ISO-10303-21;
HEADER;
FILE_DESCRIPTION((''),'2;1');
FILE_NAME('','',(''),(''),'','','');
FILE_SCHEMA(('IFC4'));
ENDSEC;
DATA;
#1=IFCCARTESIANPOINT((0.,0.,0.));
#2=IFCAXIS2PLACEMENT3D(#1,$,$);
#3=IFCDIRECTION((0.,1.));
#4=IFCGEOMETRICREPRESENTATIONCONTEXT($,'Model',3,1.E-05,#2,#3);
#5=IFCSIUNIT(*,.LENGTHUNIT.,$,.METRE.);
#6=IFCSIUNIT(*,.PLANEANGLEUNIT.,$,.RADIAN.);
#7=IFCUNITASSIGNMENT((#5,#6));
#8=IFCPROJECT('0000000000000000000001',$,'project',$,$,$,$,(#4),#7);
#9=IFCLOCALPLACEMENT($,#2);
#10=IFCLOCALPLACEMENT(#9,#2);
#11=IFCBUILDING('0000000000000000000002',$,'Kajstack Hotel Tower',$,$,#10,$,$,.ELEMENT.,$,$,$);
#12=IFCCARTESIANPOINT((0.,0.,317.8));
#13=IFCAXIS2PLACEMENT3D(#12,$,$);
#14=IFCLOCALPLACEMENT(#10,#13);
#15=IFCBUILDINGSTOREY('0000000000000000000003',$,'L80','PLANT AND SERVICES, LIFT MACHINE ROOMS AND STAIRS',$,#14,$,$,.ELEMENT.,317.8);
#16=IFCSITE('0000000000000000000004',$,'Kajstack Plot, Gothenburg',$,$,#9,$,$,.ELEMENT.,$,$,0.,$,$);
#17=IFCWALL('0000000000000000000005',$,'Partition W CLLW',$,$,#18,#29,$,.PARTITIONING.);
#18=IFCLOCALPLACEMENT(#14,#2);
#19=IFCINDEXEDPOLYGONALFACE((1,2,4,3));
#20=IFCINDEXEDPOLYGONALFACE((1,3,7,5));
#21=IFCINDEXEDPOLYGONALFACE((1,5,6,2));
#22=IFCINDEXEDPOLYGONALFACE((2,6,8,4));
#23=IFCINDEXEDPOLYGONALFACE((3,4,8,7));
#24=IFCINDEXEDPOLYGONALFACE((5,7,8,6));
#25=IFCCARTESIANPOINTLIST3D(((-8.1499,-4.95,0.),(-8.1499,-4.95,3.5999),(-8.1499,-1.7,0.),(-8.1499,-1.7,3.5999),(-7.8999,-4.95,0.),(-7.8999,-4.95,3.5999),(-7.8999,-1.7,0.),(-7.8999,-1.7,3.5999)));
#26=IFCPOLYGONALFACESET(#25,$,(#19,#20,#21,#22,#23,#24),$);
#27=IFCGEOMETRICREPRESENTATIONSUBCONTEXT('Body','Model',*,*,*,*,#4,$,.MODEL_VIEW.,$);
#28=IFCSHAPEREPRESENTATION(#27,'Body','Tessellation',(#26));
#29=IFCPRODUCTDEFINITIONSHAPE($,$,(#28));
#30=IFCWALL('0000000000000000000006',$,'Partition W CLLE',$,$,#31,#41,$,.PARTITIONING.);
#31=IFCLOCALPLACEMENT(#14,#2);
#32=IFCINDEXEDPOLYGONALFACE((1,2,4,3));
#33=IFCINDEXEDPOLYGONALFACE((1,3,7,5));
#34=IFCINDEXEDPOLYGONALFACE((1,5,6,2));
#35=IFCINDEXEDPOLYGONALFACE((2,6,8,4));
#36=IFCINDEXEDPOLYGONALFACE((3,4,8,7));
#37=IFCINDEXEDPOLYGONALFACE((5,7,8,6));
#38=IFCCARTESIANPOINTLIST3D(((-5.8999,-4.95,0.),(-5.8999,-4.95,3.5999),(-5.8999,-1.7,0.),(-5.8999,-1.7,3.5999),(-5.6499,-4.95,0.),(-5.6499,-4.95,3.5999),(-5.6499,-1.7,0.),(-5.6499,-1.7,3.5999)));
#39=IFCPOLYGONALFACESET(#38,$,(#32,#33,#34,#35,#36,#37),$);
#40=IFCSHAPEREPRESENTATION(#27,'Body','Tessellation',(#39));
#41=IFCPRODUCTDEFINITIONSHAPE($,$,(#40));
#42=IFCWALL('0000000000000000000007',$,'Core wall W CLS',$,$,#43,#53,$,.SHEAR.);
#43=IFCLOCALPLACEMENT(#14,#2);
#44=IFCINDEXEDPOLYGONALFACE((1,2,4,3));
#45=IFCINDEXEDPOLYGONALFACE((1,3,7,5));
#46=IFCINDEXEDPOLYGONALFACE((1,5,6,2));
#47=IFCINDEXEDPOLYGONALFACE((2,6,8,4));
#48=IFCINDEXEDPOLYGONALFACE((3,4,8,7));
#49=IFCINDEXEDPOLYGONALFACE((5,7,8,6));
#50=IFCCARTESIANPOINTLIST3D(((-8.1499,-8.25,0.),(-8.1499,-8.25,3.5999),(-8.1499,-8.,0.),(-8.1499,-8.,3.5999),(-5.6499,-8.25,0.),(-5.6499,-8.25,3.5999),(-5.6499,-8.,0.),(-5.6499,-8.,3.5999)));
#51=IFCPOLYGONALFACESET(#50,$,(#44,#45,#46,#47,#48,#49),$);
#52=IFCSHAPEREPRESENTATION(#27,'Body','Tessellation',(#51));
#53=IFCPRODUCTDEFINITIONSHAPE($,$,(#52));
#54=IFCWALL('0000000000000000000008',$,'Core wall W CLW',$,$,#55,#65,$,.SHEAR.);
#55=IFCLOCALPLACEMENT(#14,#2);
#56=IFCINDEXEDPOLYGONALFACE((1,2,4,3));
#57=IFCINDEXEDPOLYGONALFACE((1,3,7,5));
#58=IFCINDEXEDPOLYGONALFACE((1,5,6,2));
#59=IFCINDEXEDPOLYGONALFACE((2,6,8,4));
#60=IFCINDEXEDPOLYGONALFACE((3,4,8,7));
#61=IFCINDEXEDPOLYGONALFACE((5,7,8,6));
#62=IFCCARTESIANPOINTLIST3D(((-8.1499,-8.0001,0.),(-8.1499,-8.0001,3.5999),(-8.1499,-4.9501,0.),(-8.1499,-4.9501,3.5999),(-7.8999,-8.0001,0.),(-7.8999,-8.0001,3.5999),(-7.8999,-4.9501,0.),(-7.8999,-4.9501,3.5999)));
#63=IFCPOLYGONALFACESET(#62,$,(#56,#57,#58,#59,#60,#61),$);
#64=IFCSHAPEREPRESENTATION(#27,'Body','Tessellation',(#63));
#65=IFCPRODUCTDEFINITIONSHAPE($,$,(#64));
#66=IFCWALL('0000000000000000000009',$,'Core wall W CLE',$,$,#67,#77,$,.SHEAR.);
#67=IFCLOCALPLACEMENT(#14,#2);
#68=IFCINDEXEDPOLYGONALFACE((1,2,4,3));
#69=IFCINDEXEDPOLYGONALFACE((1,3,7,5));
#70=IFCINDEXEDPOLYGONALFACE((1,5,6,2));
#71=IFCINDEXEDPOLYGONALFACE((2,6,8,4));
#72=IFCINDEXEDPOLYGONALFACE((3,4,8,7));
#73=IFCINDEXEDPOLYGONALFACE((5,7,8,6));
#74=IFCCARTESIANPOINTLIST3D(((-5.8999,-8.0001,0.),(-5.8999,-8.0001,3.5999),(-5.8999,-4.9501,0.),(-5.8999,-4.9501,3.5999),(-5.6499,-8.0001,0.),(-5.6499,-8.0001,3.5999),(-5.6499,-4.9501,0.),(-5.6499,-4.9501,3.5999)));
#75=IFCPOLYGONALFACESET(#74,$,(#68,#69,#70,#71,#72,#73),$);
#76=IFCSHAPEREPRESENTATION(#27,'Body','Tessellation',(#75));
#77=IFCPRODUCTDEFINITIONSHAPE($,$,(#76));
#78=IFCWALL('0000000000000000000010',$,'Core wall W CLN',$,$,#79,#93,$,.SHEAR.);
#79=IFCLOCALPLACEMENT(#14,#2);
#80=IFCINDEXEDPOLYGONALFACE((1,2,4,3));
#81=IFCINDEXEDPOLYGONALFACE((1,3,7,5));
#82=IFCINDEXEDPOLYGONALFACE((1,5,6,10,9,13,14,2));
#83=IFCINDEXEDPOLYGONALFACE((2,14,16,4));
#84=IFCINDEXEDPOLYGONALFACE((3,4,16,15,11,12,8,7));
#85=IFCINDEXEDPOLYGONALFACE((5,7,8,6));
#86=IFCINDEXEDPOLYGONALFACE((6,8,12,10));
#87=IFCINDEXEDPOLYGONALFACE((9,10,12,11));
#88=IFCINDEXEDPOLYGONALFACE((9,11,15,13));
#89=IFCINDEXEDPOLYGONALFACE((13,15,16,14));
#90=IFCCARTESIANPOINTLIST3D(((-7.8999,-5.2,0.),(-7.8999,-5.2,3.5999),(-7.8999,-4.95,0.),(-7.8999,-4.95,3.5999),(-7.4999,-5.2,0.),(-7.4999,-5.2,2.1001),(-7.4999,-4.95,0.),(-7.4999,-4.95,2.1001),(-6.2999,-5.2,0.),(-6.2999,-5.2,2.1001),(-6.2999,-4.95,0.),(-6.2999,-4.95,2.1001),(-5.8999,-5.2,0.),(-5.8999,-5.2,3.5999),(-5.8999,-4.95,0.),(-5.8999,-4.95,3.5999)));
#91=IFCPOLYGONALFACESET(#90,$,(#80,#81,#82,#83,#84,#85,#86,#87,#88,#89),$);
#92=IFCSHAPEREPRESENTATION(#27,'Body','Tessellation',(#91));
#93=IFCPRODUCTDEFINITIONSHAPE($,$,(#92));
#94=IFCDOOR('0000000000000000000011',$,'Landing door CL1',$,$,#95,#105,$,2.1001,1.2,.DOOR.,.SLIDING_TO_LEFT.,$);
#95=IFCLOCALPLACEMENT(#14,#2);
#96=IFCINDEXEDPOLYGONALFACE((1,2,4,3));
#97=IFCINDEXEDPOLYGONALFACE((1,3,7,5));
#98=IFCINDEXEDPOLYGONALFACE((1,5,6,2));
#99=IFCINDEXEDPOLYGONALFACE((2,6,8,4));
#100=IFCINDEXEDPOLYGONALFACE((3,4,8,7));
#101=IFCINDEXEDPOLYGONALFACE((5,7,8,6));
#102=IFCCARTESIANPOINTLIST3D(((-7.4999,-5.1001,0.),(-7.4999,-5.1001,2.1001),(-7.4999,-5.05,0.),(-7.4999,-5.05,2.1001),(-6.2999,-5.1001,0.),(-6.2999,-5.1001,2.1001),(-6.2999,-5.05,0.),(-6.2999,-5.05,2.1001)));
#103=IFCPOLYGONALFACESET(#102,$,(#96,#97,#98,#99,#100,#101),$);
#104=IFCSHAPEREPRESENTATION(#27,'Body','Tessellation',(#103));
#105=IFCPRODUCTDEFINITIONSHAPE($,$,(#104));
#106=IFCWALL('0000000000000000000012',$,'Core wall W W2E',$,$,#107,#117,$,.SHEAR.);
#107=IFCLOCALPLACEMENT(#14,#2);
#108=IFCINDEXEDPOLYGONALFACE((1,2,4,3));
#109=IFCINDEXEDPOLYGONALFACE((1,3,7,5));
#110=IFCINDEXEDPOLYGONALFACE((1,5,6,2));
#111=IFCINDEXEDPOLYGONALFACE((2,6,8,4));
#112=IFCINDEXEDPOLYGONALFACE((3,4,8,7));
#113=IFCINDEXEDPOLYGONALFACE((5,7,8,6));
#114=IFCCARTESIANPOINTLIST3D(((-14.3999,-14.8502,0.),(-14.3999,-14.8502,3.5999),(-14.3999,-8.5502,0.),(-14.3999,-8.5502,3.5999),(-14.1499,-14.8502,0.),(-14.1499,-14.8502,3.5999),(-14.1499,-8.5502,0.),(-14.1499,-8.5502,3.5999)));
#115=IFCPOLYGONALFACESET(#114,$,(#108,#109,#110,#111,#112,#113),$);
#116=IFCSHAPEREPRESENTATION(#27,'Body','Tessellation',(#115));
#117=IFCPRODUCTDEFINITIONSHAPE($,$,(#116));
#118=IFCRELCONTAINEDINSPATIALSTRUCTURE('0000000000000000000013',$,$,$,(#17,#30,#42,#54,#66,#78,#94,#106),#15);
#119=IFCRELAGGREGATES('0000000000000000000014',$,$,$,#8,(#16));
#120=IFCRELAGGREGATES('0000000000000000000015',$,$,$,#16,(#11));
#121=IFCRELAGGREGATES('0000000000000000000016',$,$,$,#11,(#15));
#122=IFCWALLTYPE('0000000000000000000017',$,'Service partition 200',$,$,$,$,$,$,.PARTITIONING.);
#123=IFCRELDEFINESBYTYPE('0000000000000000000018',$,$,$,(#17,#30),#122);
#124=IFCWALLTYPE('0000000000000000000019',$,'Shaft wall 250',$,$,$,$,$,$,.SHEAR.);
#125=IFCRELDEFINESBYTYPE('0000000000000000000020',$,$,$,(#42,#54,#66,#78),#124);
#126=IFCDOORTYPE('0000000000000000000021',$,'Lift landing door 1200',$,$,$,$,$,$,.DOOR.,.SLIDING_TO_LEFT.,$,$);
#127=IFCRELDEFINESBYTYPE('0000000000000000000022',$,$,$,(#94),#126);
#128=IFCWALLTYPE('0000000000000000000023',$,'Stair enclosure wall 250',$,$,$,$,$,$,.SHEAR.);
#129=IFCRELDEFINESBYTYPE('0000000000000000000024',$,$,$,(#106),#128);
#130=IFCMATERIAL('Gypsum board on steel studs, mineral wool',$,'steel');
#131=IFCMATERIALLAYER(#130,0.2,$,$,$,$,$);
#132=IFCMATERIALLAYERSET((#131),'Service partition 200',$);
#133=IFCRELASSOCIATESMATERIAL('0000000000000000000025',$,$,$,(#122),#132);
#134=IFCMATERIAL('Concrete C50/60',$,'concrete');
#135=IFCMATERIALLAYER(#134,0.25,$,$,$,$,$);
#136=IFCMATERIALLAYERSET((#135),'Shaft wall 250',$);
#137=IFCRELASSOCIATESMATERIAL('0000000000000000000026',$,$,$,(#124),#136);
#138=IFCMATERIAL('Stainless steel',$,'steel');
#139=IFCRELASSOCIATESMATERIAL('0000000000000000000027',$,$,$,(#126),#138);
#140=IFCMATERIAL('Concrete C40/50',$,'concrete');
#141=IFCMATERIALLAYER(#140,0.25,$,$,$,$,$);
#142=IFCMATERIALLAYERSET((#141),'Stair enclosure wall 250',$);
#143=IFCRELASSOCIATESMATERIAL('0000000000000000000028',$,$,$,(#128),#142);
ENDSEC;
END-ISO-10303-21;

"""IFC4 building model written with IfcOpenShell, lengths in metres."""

from ifc_helpers import new_model, si_unit, direction, frame, frame_2d, origin, place, context, subcontext, project, spatial, rectangle, extrude, material, layer, layer_set, type_object, element, fill, save


model = new_model("IFC4")

# Units and contexts
model_context = context("Model", 3, precision=1e-05, world=origin(), true_north=direction((0.0, 1.0)))
body_context = subcontext(model_context, "Body", "Model", "MODEL_VIEW")
ifc_project = project(units=[si_unit("LENGTHUNIT", "METRE"), si_unit("PLANEANGLEUNIT", "RADIAN")], contexts=[model_context])

# Site, building, storey
site_placement = place(None, origin())
site = spatial("IfcSite", under=ifc_project, at=site_placement, Name="Kajstack Plot, Gothenburg", CompositionType="ELEMENT", RefElevation=0.0)
building_placement = place(site_placement, origin())
building = spatial("IfcBuilding", under=site, at=building_placement, Name="Kajstack Hotel Tower", CompositionType="ELEMENT")
storey_placement = place(building_placement, frame((0.0, 0.0, 317.8)))
storey = spatial("IfcBuildingStorey", under=building, at=storey_placement, Name="L80", Description="PLANT AND SERVICES, LIFT MACHINE ROOMS AND STAIRS", CompositionType="ELEMENT", Elevation=317.8)

# Walls
ifc_material_1 = material(Name="Gypsum board on steel studs, mineral wool", Category="steel")
ifc_layer_1 = layer(ifc_material_1, 0.2)
ifc_layer_set_1 = layer_set([ifc_layer_1], Name="Service partition 200")
wall_type_1 = type_object("IfcWallType", Name="Service partition 200", PredefinedType="PARTITIONING", material=ifc_layer_set_1)
for number, where, z_axis, x_axis, name in (
    (1, (-8.0249, -4.95, 0.0), (0.0, 0.0, 1.0), (0.0, 1.0, 0.0), "Partition W CLLW"),
    (2, (-5.7749, -4.95, 0.0), (0.0, 0.0, 1.0), (0.0, 1.0, 0.0), "Partition W CLLE"),
):
    element("IfcWall", number, at=place(storey_placement, frame(where, z_axis=z_axis, x_axis=x_axis)), inside=storey, type_object=wall_type_1, Name=name, PredefinedType="PARTITIONING", context=body_context, shape_type="SweptSolid", body=[
        extrude(rectangle(XDim=3.25, YDim=0.25, at=frame_2d((1.625, 0.0))), origin(), (0.0, 0.0, 1.0), 3.5999),
    ])
ifc_material_2 = material(Name="Concrete C50/60", Category="concrete")
ifc_layer_2 = layer(ifc_material_2, 0.25)
ifc_layer_set_2 = layer_set([ifc_layer_2], Name="Shaft wall 250")
wall_type_2 = type_object("IfcWallType", Name="Shaft wall 250", PredefinedType="SHEAR", material=ifc_layer_set_2)
wall_1_placement = place(storey_placement, frame((-8.1499, -8.125, 0.0), z_axis=(0.0, 0.0, 1.0), x_axis=(1.0, 0.0, 0.0)))
element("IfcWall", 3, at=wall_1_placement, inside=storey, type_object=wall_type_2, Name="Core wall W CLS", PredefinedType="SHEAR", context=body_context, shape_type="SweptSolid", body=[
    extrude(rectangle(XDim=2.5, YDim=0.25, at=frame_2d((1.25, 0.0))), origin(), (0.0, 0.0, 1.0), 3.5999),
])
for number, where, z_axis, x_axis, name in (
    (4, (-8.0249, -8.0, 0.0), (0.0, 0.0, 1.0), (0.0, 1.0, 0.0), "Core wall W CLW"),
    (5, (-5.7749, -8.0, 0.0), (0.0, 0.0, 1.0), (0.0, 1.0, 0.0), "Core wall W CLE"),
):
    element("IfcWall", number, at=place(storey_placement, frame(where, z_axis=z_axis, x_axis=x_axis)), inside=storey, type_object=wall_type_2, Name=name, PredefinedType="SHEAR", context=body_context, shape_type="SweptSolid", body=[
        extrude(rectangle(XDim=3.05, YDim=0.25, at=frame_2d((1.5249, 0.0))), origin(), (0.0, 0.0, 1.0), 3.5999),
    ])

# Wall, opening, door
wall_2_placement = place(storey_placement, frame((-7.8999, -5.075, 0.0), z_axis=(0.0, 0.0, 1.0), x_axis=(1.0, 0.0, 0.0)))
wall_2 = element("IfcWall", 6, at=wall_2_placement, inside=storey, type_object=wall_type_2, Name="Core wall W CLN", PredefinedType="SHEAR", context=body_context, shape_type="SweptSolid", body=[
    extrude(rectangle(XDim=2.0, YDim=0.25, at=frame_2d((1.0, 0.0))), origin(), (0.0, 0.0, 1.0), 3.5999),
])
opening_placement = place(wall_2_placement, frame((0.3999, 0.0, 0.0)))
opening = element("IfcOpeningElement", 7, at=opening_placement, cuts=wall_2, PredefinedType="OPENING", context=body_context, shape_type="SweptSolid", body=[
    extrude(rectangle(XDim=1.2, YDim=2.1001, at=frame_2d((0.6001, 1.05))), frame((0.0, 0.135, 0.0), z_axis=(0.0, -1.0, 0.0), x_axis=(1.0, 0.0, 0.0)), (0.0, 0.0, 1.0), 0.27),
])
ifc_material_3 = material(Name="Stainless steel", Category="steel")
door_type = type_object("IfcDoorType", Name="Lift landing door 1200", OperationType="SLIDING_TO_LEFT", PredefinedType="DOOR", material=ifc_material_3)
door_placement = place(opening_placement, origin())
door = element("IfcDoor", 8, at=door_placement, inside=storey, type_object=door_type, Name="Landing door CL1", OperationType="SLIDING_TO_LEFT", OverallHeight=2.1001, OverallWidth=1.2, PredefinedType="DOOR", context=body_context, shape_type="SweptSolid", body=[
    extrude(rectangle(XDim=1.2, YDim=2.1001, at=frame_2d((0.6001, 1.05))), frame((0.0, 0.0249, 0.0), z_axis=(0.0, -1.0, 0.0), x_axis=(1.0, 0.0, 0.0)), (0.0, 0.0, 1.0), 0.05),
])
fill(opening, door)

# Wall
ifc_material_4 = material(Name="Concrete C40/50", Category="concrete")
ifc_layer_3 = layer(ifc_material_4, 0.25)
ifc_layer_set_3 = layer_set([ifc_layer_3], Name="Stair enclosure wall 250")
wall_type_3 = type_object("IfcWallType", Name="Stair enclosure wall 250", PredefinedType="SHEAR", material=ifc_layer_set_3)
wall_3_placement = place(storey_placement, frame((-14.2749, -14.8501, 0.0), z_axis=(0.0, 0.0, 1.0), x_axis=(0.0, 1.0, 0.0)))
element("IfcWall", 9, at=wall_3_placement, inside=storey, type_object=wall_type_3, Name="Core wall W W2E", PredefinedType="SHEAR", context=body_context, shape_type="SweptSolid", body=[
    extrude(rectangle(XDim=6.3, YDim=0.25, at=frame_2d((3.1499, 0.0))), origin(), (0.0, 0.0, 1.0), 3.5999),
])

save(model, "model.ifc")
